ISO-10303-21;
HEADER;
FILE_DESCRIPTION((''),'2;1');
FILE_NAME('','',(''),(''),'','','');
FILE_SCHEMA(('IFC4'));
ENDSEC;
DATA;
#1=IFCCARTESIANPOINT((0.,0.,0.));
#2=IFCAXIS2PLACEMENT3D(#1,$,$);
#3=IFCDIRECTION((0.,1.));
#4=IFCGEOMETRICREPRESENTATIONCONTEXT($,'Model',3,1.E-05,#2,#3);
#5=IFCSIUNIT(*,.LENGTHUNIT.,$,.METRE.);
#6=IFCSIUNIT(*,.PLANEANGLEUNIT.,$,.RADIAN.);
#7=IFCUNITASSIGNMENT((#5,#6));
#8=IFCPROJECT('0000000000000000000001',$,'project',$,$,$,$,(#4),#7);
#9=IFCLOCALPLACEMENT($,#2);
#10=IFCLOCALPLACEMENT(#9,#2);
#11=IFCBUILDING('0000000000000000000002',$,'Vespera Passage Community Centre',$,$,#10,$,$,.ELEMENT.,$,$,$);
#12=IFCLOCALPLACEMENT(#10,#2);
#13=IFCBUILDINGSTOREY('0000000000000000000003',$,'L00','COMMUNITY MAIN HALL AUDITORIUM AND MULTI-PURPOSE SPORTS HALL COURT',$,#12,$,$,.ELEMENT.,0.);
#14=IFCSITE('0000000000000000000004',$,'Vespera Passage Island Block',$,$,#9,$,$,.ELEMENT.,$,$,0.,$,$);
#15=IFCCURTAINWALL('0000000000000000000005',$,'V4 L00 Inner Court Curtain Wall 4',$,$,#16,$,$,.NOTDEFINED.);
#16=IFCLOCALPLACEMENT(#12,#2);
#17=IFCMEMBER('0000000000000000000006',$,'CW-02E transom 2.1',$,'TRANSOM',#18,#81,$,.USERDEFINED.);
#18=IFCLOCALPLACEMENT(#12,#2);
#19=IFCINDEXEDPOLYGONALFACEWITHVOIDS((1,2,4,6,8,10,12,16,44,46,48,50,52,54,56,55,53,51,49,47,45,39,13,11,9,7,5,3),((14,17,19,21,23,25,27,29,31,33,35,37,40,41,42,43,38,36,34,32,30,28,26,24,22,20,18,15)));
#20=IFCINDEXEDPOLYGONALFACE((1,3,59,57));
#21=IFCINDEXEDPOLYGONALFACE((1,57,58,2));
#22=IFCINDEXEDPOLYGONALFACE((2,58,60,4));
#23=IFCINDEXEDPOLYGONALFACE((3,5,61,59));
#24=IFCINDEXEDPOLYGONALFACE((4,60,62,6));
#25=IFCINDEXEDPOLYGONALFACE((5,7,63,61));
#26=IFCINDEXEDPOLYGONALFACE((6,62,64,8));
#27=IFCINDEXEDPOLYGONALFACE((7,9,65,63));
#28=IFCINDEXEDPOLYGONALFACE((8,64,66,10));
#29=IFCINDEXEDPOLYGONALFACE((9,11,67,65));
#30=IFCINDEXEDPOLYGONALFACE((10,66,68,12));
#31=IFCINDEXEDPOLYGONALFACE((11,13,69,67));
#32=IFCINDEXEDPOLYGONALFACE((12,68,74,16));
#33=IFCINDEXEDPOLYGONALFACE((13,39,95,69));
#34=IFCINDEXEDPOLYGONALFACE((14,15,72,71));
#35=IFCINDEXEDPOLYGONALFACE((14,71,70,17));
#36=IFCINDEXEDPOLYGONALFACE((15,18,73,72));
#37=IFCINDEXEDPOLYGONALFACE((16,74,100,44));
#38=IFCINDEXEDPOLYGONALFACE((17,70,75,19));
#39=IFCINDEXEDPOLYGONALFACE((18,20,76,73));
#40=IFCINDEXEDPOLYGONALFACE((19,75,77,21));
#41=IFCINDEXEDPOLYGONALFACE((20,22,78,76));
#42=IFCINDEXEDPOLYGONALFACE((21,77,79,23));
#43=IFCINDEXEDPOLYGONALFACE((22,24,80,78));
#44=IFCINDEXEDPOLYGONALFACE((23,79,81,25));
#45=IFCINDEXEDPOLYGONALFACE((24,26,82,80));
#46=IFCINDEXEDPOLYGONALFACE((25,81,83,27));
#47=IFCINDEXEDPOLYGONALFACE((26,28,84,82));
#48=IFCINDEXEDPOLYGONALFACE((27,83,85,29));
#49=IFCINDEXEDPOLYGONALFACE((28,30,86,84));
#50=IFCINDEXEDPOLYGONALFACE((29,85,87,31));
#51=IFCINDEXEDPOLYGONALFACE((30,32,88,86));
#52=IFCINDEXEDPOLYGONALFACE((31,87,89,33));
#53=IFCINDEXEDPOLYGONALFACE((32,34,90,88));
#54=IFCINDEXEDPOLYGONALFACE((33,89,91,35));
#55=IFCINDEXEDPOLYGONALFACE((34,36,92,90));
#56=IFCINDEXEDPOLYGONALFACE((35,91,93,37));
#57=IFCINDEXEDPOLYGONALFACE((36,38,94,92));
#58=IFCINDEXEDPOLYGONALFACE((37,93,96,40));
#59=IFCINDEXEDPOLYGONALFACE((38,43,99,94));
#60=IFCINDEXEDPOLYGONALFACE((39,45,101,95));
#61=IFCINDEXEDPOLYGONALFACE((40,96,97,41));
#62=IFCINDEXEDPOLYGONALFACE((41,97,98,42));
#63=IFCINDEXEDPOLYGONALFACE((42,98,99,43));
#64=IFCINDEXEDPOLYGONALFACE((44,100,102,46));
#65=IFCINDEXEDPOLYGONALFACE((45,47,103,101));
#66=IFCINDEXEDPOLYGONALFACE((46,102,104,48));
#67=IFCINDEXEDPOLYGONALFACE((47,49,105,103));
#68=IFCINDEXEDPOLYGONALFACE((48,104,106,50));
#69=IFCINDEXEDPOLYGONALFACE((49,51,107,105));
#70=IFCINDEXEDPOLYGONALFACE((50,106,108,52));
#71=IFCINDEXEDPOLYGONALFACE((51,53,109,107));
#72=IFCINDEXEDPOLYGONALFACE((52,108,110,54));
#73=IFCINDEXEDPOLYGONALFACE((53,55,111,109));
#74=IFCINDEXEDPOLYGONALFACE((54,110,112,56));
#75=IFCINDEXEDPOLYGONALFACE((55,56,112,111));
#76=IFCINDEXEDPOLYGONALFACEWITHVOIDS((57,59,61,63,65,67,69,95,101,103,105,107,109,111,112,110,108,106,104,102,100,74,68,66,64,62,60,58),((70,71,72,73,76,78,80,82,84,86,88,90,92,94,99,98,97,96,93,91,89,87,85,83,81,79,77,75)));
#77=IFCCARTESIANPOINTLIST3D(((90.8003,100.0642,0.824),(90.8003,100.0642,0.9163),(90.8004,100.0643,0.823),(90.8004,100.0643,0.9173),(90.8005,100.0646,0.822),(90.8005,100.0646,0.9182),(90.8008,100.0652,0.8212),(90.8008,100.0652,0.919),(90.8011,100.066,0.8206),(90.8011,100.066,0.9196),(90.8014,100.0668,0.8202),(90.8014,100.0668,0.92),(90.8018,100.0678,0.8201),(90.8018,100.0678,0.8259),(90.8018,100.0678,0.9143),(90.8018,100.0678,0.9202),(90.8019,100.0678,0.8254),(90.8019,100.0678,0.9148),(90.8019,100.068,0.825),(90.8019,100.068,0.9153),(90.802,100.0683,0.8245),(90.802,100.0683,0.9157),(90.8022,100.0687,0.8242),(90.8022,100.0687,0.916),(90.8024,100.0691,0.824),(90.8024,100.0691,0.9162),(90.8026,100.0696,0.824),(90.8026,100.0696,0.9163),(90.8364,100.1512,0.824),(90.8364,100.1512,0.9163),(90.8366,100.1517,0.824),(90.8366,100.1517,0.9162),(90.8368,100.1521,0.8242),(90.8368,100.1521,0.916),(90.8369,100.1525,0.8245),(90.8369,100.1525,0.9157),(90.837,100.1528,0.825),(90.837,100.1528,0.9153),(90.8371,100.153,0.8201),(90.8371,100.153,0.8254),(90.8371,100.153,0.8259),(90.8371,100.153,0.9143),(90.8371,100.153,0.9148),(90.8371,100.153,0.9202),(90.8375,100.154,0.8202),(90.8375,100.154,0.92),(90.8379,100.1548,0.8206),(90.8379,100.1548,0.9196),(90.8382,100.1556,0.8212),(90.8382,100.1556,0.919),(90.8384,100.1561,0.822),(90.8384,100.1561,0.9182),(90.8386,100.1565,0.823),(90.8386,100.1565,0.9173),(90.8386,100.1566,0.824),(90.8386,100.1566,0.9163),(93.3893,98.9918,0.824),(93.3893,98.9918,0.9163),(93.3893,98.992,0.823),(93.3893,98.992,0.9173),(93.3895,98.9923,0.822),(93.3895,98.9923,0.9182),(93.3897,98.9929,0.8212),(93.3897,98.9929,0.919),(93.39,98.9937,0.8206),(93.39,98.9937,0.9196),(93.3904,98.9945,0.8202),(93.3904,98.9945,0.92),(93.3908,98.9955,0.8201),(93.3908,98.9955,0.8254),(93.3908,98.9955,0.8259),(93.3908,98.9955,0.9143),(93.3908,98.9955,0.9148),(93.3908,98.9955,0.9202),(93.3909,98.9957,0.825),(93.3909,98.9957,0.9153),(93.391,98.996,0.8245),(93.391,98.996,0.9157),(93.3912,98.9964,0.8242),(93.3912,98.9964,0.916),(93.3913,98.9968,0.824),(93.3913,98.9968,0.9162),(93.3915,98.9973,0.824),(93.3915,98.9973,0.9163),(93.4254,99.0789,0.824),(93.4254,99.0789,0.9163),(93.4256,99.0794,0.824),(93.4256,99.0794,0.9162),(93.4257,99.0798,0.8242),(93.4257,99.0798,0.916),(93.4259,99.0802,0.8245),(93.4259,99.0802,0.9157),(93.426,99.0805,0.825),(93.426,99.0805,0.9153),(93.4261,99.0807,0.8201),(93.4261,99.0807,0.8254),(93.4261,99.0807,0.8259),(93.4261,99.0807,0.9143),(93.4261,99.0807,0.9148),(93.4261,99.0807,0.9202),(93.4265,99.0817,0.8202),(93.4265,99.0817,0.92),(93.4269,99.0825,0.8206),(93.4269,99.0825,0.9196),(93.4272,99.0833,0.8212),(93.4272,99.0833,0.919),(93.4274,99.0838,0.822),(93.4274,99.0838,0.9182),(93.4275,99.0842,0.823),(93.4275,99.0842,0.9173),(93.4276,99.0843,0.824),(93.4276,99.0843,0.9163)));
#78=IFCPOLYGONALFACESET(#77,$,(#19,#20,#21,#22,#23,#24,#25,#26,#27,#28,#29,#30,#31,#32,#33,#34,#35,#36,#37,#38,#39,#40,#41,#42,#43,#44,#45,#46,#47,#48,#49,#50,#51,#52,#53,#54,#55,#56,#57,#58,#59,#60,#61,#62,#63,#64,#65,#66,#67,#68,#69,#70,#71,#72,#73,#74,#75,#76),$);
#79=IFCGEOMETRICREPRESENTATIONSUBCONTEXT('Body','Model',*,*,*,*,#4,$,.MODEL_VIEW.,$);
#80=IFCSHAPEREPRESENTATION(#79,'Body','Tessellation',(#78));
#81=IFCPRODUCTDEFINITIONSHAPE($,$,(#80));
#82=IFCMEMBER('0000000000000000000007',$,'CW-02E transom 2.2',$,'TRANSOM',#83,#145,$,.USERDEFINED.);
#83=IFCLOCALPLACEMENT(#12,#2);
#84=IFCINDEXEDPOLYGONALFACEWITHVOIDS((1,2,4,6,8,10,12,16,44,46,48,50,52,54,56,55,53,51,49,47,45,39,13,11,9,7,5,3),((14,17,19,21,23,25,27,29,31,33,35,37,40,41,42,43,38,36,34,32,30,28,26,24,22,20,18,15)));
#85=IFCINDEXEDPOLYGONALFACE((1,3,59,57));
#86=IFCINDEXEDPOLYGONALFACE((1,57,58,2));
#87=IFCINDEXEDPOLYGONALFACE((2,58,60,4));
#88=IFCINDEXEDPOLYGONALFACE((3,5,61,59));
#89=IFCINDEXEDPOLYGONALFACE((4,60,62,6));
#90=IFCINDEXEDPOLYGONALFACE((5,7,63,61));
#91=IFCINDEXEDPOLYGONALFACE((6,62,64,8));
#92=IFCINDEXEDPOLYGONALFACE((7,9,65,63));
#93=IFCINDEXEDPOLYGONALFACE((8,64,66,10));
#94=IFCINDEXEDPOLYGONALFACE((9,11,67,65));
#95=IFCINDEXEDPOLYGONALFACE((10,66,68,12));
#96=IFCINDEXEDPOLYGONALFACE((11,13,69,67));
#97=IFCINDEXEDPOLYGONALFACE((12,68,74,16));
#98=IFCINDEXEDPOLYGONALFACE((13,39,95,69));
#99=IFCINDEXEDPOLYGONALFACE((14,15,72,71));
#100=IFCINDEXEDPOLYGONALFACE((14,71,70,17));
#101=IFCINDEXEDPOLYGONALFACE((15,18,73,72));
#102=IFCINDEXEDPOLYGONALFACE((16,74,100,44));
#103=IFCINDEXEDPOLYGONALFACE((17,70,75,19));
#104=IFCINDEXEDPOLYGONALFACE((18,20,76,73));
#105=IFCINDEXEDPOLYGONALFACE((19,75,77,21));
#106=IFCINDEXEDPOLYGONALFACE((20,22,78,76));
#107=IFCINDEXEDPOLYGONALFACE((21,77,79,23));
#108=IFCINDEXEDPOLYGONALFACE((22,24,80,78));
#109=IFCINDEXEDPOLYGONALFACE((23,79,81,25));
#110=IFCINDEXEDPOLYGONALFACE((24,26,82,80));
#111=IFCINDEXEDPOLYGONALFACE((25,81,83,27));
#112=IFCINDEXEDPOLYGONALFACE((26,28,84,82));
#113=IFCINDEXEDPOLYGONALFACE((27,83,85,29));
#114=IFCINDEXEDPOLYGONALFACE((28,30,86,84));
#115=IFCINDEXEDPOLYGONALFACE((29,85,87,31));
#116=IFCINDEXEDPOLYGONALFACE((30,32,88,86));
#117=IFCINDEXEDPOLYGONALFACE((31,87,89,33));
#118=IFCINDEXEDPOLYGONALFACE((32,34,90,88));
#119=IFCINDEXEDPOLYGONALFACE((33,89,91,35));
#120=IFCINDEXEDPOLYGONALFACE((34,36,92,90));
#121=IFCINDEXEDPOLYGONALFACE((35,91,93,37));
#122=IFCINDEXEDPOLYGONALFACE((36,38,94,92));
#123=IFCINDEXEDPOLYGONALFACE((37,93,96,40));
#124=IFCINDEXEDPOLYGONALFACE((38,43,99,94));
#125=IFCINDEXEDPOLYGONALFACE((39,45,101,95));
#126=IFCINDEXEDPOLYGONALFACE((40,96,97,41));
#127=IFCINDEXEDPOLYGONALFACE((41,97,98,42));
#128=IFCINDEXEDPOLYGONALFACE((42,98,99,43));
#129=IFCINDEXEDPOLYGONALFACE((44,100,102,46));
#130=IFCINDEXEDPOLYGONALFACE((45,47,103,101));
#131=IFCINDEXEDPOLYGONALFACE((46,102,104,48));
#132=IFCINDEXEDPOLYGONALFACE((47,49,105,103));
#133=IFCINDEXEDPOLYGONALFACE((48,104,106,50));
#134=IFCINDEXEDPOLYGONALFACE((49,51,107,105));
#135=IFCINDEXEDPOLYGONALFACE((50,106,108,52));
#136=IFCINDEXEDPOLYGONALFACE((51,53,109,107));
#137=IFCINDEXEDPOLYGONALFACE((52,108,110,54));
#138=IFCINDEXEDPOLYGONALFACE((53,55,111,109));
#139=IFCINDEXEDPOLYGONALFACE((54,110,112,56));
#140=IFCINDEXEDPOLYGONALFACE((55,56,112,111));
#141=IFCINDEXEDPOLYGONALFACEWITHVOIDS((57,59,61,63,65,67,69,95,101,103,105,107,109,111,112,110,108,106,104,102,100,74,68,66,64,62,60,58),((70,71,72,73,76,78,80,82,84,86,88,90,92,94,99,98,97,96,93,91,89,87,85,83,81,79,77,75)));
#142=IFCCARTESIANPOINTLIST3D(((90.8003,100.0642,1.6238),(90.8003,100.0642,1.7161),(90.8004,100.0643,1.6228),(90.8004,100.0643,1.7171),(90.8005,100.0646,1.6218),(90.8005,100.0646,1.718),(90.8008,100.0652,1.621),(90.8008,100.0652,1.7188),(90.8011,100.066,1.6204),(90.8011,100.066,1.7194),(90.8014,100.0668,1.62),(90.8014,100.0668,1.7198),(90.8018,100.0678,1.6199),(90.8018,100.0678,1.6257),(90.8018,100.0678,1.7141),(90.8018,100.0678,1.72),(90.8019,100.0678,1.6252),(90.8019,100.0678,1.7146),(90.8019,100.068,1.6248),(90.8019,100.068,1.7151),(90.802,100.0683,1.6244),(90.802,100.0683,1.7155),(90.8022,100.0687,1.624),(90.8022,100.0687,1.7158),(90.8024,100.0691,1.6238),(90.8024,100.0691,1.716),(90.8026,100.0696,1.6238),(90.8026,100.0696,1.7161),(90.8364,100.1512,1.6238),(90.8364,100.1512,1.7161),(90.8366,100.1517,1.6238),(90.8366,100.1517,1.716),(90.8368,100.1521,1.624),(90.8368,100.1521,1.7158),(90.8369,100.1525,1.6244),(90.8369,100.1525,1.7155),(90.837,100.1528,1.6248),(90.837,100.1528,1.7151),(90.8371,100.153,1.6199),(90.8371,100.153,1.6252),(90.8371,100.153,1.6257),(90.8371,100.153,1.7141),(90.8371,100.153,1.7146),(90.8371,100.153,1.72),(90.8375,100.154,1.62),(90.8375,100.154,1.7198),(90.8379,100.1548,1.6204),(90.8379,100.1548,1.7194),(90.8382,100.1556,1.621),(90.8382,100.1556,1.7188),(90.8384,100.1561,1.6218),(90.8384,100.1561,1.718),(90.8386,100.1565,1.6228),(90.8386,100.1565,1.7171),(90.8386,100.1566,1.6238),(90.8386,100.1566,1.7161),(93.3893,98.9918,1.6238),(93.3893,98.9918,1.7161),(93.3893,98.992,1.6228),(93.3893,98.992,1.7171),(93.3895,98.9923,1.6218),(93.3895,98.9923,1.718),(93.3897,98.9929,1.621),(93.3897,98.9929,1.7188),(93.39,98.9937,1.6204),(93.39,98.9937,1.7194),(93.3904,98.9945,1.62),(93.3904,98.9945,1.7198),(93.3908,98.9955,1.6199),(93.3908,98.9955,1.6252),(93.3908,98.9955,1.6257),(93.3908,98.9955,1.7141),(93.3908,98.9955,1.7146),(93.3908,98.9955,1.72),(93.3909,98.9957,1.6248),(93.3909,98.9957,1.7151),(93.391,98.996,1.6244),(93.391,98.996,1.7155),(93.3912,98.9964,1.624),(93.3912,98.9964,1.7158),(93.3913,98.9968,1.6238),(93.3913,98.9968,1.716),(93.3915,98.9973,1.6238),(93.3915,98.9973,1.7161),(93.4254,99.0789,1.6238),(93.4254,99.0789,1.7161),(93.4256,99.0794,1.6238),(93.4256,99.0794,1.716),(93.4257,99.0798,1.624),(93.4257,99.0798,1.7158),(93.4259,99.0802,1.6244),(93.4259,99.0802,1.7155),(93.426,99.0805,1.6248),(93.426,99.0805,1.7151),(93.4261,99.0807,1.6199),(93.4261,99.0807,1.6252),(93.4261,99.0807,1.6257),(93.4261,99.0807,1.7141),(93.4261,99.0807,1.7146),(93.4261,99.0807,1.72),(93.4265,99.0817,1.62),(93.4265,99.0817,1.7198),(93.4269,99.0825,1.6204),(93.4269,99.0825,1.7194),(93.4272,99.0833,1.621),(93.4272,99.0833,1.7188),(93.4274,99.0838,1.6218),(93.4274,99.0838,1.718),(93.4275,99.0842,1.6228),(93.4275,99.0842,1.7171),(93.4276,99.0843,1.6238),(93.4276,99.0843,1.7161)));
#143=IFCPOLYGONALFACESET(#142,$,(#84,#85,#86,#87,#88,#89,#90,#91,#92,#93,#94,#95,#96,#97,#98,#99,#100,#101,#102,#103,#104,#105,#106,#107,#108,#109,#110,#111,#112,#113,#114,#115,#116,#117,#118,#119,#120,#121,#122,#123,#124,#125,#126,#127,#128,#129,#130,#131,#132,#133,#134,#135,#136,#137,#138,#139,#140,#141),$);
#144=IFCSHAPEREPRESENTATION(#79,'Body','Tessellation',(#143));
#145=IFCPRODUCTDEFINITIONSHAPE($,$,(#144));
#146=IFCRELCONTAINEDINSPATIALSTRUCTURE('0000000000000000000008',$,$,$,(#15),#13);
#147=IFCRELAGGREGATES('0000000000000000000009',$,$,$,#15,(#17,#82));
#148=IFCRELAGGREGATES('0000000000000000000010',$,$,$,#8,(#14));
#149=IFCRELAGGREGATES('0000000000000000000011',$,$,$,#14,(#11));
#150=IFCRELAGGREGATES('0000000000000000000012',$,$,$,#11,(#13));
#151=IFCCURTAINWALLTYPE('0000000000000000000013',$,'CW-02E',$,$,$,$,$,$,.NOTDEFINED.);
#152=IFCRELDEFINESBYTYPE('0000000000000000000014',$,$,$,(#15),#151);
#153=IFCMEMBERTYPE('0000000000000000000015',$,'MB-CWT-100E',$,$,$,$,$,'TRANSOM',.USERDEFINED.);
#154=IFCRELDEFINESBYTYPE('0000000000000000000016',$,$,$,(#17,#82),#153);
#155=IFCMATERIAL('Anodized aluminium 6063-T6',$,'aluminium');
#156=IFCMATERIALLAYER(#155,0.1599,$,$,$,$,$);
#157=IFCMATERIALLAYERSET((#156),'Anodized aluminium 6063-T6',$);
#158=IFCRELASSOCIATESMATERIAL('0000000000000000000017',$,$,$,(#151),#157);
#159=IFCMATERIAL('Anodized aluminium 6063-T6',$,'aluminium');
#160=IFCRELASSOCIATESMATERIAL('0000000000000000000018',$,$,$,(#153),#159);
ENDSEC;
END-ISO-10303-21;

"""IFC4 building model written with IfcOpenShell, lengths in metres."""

from ifc_helpers import new_model, si_unit, direction, frame, origin, origin_2d, place, context, subcontext, project, spatial, hollow_rectangle, extrude, material, layer, layer_set, material_profile, profile_set, type_object, element, aggregate, save


model = new_model("IFC4")

# Units and contexts
model_context = context("Model", 3, precision=1e-05, world=origin(), true_north=direction((0.0, 1.0)))
body_context = subcontext(model_context, "Body", "Model", "MODEL_VIEW")
ifc_project = project(units=[si_unit("LENGTHUNIT", "METRE"), si_unit("PLANEANGLEUNIT", "RADIAN")], contexts=[model_context])

# Site, building, storey
site_placement = place(None, origin())
site = spatial("IfcSite", under=ifc_project, at=site_placement, Name="Vespera Passage Island Block", CompositionType="ELEMENT", RefElevation=0.0)
building_placement = place(site_placement, origin())
building = spatial("IfcBuilding", under=site, at=building_placement, Name="Vespera Passage Community Centre", CompositionType="ELEMENT")
storey_placement = place(building_placement, origin())
storey = spatial("IfcBuildingStorey", under=building, at=storey_placement, Name="L00", Description="COMMUNITY MAIN HALL AUDITORIUM AND MULTI-PURPOSE SPORTS HALL COURT", CompositionType="ELEMENT", Elevation=0.0)

# Curtain wall, members
ifc_material_1 = material(Name="Anodized aluminium 6063-T6", Category="aluminium")
ifc_layer_1 = layer(ifc_material_1, 0.1599)
ifc_layer_set_1 = layer_set([ifc_layer_1], Name="Anodized aluminium 6063-T6")
curtain_wall_type_1 = type_object("IfcCurtainWallType", Name="CW-02E", PredefinedType="NOTDEFINED", material=ifc_layer_set_1)
curtain_wall_1_placement = place(storey_placement, origin())
curtain_wall_1 = element("IfcCurtainWall", 1, at=curtain_wall_1_placement, inside=storey, type_object=curtain_wall_type_1, Name="V4 L00 Inner Court Curtain Wall 4", PredefinedType="NOTDEFINED")
ifc_material_2 = material(Name="Anodized aluminium 6063-T6", Category="aluminium")
ifc_material_profile_1 = material_profile(ifc_material_2, hollow_rectangle(XDim=0.1001, YDim=0.1001, WallThickness=0.0039, InnerFilletRadius=0.002, OuterFilletRadius=0.0039, at=origin_2d()), Name="ALU100X100X4")
ifc_profile_set_1 = profile_set([ifc_material_profile_1], Name="Anodized aluminium 6063-T6")
member_type_1 = type_object("IfcMemberType", Name="MB-CWT-100E", ElementType="TRANSOM", PredefinedType="USERDEFINED", material=ifc_profile_set_1)
member_1_placement = place(storey_placement, frame((93.4084, 99.0381, 0.8701), z_axis=(-0.923889, 0.38266, 0.0), x_axis=(-0.38266, -0.923889, 0.0)))
member_1 = element("IfcMember", 2, at=member_1_placement, type_object=member_type_1, Name="CW-02E transom 2.1", ObjectType="TRANSOM", PredefinedType="USERDEFINED", context=body_context, shape_type="SweptSolid", body=[
    extrude(hollow_rectangle(XDim=0.1001, YDim=0.1001, WallThickness=0.0039, InnerFilletRadius=0.002, OuterFilletRadius=0.0039, at=origin_2d()), origin(), (0.0, 0.0, 1.0), 2.8022),
])
member_2_placement = place(storey_placement, frame((93.4084, 99.0381, 1.6699), z_axis=(-0.923889, 0.38266, 0.0), x_axis=(-0.38266, -0.923889, 0.0)))
member_2 = element("IfcMember", 3, at=member_2_placement, type_object=member_type_1, Name="CW-02E transom 2.2", ObjectType="TRANSOM", PredefinedType="USERDEFINED", context=body_context, shape_type="SweptSolid", body=[
    extrude(hollow_rectangle(XDim=0.1001, YDim=0.1001, WallThickness=0.0039, InnerFilletRadius=0.002, OuterFilletRadius=0.0039, at=origin_2d()), origin(), (0.0, 0.0, 1.0), 2.8022),
])

aggregate(curtain_wall_1, [member_1, member_2])

save(model, "model.ifc")
